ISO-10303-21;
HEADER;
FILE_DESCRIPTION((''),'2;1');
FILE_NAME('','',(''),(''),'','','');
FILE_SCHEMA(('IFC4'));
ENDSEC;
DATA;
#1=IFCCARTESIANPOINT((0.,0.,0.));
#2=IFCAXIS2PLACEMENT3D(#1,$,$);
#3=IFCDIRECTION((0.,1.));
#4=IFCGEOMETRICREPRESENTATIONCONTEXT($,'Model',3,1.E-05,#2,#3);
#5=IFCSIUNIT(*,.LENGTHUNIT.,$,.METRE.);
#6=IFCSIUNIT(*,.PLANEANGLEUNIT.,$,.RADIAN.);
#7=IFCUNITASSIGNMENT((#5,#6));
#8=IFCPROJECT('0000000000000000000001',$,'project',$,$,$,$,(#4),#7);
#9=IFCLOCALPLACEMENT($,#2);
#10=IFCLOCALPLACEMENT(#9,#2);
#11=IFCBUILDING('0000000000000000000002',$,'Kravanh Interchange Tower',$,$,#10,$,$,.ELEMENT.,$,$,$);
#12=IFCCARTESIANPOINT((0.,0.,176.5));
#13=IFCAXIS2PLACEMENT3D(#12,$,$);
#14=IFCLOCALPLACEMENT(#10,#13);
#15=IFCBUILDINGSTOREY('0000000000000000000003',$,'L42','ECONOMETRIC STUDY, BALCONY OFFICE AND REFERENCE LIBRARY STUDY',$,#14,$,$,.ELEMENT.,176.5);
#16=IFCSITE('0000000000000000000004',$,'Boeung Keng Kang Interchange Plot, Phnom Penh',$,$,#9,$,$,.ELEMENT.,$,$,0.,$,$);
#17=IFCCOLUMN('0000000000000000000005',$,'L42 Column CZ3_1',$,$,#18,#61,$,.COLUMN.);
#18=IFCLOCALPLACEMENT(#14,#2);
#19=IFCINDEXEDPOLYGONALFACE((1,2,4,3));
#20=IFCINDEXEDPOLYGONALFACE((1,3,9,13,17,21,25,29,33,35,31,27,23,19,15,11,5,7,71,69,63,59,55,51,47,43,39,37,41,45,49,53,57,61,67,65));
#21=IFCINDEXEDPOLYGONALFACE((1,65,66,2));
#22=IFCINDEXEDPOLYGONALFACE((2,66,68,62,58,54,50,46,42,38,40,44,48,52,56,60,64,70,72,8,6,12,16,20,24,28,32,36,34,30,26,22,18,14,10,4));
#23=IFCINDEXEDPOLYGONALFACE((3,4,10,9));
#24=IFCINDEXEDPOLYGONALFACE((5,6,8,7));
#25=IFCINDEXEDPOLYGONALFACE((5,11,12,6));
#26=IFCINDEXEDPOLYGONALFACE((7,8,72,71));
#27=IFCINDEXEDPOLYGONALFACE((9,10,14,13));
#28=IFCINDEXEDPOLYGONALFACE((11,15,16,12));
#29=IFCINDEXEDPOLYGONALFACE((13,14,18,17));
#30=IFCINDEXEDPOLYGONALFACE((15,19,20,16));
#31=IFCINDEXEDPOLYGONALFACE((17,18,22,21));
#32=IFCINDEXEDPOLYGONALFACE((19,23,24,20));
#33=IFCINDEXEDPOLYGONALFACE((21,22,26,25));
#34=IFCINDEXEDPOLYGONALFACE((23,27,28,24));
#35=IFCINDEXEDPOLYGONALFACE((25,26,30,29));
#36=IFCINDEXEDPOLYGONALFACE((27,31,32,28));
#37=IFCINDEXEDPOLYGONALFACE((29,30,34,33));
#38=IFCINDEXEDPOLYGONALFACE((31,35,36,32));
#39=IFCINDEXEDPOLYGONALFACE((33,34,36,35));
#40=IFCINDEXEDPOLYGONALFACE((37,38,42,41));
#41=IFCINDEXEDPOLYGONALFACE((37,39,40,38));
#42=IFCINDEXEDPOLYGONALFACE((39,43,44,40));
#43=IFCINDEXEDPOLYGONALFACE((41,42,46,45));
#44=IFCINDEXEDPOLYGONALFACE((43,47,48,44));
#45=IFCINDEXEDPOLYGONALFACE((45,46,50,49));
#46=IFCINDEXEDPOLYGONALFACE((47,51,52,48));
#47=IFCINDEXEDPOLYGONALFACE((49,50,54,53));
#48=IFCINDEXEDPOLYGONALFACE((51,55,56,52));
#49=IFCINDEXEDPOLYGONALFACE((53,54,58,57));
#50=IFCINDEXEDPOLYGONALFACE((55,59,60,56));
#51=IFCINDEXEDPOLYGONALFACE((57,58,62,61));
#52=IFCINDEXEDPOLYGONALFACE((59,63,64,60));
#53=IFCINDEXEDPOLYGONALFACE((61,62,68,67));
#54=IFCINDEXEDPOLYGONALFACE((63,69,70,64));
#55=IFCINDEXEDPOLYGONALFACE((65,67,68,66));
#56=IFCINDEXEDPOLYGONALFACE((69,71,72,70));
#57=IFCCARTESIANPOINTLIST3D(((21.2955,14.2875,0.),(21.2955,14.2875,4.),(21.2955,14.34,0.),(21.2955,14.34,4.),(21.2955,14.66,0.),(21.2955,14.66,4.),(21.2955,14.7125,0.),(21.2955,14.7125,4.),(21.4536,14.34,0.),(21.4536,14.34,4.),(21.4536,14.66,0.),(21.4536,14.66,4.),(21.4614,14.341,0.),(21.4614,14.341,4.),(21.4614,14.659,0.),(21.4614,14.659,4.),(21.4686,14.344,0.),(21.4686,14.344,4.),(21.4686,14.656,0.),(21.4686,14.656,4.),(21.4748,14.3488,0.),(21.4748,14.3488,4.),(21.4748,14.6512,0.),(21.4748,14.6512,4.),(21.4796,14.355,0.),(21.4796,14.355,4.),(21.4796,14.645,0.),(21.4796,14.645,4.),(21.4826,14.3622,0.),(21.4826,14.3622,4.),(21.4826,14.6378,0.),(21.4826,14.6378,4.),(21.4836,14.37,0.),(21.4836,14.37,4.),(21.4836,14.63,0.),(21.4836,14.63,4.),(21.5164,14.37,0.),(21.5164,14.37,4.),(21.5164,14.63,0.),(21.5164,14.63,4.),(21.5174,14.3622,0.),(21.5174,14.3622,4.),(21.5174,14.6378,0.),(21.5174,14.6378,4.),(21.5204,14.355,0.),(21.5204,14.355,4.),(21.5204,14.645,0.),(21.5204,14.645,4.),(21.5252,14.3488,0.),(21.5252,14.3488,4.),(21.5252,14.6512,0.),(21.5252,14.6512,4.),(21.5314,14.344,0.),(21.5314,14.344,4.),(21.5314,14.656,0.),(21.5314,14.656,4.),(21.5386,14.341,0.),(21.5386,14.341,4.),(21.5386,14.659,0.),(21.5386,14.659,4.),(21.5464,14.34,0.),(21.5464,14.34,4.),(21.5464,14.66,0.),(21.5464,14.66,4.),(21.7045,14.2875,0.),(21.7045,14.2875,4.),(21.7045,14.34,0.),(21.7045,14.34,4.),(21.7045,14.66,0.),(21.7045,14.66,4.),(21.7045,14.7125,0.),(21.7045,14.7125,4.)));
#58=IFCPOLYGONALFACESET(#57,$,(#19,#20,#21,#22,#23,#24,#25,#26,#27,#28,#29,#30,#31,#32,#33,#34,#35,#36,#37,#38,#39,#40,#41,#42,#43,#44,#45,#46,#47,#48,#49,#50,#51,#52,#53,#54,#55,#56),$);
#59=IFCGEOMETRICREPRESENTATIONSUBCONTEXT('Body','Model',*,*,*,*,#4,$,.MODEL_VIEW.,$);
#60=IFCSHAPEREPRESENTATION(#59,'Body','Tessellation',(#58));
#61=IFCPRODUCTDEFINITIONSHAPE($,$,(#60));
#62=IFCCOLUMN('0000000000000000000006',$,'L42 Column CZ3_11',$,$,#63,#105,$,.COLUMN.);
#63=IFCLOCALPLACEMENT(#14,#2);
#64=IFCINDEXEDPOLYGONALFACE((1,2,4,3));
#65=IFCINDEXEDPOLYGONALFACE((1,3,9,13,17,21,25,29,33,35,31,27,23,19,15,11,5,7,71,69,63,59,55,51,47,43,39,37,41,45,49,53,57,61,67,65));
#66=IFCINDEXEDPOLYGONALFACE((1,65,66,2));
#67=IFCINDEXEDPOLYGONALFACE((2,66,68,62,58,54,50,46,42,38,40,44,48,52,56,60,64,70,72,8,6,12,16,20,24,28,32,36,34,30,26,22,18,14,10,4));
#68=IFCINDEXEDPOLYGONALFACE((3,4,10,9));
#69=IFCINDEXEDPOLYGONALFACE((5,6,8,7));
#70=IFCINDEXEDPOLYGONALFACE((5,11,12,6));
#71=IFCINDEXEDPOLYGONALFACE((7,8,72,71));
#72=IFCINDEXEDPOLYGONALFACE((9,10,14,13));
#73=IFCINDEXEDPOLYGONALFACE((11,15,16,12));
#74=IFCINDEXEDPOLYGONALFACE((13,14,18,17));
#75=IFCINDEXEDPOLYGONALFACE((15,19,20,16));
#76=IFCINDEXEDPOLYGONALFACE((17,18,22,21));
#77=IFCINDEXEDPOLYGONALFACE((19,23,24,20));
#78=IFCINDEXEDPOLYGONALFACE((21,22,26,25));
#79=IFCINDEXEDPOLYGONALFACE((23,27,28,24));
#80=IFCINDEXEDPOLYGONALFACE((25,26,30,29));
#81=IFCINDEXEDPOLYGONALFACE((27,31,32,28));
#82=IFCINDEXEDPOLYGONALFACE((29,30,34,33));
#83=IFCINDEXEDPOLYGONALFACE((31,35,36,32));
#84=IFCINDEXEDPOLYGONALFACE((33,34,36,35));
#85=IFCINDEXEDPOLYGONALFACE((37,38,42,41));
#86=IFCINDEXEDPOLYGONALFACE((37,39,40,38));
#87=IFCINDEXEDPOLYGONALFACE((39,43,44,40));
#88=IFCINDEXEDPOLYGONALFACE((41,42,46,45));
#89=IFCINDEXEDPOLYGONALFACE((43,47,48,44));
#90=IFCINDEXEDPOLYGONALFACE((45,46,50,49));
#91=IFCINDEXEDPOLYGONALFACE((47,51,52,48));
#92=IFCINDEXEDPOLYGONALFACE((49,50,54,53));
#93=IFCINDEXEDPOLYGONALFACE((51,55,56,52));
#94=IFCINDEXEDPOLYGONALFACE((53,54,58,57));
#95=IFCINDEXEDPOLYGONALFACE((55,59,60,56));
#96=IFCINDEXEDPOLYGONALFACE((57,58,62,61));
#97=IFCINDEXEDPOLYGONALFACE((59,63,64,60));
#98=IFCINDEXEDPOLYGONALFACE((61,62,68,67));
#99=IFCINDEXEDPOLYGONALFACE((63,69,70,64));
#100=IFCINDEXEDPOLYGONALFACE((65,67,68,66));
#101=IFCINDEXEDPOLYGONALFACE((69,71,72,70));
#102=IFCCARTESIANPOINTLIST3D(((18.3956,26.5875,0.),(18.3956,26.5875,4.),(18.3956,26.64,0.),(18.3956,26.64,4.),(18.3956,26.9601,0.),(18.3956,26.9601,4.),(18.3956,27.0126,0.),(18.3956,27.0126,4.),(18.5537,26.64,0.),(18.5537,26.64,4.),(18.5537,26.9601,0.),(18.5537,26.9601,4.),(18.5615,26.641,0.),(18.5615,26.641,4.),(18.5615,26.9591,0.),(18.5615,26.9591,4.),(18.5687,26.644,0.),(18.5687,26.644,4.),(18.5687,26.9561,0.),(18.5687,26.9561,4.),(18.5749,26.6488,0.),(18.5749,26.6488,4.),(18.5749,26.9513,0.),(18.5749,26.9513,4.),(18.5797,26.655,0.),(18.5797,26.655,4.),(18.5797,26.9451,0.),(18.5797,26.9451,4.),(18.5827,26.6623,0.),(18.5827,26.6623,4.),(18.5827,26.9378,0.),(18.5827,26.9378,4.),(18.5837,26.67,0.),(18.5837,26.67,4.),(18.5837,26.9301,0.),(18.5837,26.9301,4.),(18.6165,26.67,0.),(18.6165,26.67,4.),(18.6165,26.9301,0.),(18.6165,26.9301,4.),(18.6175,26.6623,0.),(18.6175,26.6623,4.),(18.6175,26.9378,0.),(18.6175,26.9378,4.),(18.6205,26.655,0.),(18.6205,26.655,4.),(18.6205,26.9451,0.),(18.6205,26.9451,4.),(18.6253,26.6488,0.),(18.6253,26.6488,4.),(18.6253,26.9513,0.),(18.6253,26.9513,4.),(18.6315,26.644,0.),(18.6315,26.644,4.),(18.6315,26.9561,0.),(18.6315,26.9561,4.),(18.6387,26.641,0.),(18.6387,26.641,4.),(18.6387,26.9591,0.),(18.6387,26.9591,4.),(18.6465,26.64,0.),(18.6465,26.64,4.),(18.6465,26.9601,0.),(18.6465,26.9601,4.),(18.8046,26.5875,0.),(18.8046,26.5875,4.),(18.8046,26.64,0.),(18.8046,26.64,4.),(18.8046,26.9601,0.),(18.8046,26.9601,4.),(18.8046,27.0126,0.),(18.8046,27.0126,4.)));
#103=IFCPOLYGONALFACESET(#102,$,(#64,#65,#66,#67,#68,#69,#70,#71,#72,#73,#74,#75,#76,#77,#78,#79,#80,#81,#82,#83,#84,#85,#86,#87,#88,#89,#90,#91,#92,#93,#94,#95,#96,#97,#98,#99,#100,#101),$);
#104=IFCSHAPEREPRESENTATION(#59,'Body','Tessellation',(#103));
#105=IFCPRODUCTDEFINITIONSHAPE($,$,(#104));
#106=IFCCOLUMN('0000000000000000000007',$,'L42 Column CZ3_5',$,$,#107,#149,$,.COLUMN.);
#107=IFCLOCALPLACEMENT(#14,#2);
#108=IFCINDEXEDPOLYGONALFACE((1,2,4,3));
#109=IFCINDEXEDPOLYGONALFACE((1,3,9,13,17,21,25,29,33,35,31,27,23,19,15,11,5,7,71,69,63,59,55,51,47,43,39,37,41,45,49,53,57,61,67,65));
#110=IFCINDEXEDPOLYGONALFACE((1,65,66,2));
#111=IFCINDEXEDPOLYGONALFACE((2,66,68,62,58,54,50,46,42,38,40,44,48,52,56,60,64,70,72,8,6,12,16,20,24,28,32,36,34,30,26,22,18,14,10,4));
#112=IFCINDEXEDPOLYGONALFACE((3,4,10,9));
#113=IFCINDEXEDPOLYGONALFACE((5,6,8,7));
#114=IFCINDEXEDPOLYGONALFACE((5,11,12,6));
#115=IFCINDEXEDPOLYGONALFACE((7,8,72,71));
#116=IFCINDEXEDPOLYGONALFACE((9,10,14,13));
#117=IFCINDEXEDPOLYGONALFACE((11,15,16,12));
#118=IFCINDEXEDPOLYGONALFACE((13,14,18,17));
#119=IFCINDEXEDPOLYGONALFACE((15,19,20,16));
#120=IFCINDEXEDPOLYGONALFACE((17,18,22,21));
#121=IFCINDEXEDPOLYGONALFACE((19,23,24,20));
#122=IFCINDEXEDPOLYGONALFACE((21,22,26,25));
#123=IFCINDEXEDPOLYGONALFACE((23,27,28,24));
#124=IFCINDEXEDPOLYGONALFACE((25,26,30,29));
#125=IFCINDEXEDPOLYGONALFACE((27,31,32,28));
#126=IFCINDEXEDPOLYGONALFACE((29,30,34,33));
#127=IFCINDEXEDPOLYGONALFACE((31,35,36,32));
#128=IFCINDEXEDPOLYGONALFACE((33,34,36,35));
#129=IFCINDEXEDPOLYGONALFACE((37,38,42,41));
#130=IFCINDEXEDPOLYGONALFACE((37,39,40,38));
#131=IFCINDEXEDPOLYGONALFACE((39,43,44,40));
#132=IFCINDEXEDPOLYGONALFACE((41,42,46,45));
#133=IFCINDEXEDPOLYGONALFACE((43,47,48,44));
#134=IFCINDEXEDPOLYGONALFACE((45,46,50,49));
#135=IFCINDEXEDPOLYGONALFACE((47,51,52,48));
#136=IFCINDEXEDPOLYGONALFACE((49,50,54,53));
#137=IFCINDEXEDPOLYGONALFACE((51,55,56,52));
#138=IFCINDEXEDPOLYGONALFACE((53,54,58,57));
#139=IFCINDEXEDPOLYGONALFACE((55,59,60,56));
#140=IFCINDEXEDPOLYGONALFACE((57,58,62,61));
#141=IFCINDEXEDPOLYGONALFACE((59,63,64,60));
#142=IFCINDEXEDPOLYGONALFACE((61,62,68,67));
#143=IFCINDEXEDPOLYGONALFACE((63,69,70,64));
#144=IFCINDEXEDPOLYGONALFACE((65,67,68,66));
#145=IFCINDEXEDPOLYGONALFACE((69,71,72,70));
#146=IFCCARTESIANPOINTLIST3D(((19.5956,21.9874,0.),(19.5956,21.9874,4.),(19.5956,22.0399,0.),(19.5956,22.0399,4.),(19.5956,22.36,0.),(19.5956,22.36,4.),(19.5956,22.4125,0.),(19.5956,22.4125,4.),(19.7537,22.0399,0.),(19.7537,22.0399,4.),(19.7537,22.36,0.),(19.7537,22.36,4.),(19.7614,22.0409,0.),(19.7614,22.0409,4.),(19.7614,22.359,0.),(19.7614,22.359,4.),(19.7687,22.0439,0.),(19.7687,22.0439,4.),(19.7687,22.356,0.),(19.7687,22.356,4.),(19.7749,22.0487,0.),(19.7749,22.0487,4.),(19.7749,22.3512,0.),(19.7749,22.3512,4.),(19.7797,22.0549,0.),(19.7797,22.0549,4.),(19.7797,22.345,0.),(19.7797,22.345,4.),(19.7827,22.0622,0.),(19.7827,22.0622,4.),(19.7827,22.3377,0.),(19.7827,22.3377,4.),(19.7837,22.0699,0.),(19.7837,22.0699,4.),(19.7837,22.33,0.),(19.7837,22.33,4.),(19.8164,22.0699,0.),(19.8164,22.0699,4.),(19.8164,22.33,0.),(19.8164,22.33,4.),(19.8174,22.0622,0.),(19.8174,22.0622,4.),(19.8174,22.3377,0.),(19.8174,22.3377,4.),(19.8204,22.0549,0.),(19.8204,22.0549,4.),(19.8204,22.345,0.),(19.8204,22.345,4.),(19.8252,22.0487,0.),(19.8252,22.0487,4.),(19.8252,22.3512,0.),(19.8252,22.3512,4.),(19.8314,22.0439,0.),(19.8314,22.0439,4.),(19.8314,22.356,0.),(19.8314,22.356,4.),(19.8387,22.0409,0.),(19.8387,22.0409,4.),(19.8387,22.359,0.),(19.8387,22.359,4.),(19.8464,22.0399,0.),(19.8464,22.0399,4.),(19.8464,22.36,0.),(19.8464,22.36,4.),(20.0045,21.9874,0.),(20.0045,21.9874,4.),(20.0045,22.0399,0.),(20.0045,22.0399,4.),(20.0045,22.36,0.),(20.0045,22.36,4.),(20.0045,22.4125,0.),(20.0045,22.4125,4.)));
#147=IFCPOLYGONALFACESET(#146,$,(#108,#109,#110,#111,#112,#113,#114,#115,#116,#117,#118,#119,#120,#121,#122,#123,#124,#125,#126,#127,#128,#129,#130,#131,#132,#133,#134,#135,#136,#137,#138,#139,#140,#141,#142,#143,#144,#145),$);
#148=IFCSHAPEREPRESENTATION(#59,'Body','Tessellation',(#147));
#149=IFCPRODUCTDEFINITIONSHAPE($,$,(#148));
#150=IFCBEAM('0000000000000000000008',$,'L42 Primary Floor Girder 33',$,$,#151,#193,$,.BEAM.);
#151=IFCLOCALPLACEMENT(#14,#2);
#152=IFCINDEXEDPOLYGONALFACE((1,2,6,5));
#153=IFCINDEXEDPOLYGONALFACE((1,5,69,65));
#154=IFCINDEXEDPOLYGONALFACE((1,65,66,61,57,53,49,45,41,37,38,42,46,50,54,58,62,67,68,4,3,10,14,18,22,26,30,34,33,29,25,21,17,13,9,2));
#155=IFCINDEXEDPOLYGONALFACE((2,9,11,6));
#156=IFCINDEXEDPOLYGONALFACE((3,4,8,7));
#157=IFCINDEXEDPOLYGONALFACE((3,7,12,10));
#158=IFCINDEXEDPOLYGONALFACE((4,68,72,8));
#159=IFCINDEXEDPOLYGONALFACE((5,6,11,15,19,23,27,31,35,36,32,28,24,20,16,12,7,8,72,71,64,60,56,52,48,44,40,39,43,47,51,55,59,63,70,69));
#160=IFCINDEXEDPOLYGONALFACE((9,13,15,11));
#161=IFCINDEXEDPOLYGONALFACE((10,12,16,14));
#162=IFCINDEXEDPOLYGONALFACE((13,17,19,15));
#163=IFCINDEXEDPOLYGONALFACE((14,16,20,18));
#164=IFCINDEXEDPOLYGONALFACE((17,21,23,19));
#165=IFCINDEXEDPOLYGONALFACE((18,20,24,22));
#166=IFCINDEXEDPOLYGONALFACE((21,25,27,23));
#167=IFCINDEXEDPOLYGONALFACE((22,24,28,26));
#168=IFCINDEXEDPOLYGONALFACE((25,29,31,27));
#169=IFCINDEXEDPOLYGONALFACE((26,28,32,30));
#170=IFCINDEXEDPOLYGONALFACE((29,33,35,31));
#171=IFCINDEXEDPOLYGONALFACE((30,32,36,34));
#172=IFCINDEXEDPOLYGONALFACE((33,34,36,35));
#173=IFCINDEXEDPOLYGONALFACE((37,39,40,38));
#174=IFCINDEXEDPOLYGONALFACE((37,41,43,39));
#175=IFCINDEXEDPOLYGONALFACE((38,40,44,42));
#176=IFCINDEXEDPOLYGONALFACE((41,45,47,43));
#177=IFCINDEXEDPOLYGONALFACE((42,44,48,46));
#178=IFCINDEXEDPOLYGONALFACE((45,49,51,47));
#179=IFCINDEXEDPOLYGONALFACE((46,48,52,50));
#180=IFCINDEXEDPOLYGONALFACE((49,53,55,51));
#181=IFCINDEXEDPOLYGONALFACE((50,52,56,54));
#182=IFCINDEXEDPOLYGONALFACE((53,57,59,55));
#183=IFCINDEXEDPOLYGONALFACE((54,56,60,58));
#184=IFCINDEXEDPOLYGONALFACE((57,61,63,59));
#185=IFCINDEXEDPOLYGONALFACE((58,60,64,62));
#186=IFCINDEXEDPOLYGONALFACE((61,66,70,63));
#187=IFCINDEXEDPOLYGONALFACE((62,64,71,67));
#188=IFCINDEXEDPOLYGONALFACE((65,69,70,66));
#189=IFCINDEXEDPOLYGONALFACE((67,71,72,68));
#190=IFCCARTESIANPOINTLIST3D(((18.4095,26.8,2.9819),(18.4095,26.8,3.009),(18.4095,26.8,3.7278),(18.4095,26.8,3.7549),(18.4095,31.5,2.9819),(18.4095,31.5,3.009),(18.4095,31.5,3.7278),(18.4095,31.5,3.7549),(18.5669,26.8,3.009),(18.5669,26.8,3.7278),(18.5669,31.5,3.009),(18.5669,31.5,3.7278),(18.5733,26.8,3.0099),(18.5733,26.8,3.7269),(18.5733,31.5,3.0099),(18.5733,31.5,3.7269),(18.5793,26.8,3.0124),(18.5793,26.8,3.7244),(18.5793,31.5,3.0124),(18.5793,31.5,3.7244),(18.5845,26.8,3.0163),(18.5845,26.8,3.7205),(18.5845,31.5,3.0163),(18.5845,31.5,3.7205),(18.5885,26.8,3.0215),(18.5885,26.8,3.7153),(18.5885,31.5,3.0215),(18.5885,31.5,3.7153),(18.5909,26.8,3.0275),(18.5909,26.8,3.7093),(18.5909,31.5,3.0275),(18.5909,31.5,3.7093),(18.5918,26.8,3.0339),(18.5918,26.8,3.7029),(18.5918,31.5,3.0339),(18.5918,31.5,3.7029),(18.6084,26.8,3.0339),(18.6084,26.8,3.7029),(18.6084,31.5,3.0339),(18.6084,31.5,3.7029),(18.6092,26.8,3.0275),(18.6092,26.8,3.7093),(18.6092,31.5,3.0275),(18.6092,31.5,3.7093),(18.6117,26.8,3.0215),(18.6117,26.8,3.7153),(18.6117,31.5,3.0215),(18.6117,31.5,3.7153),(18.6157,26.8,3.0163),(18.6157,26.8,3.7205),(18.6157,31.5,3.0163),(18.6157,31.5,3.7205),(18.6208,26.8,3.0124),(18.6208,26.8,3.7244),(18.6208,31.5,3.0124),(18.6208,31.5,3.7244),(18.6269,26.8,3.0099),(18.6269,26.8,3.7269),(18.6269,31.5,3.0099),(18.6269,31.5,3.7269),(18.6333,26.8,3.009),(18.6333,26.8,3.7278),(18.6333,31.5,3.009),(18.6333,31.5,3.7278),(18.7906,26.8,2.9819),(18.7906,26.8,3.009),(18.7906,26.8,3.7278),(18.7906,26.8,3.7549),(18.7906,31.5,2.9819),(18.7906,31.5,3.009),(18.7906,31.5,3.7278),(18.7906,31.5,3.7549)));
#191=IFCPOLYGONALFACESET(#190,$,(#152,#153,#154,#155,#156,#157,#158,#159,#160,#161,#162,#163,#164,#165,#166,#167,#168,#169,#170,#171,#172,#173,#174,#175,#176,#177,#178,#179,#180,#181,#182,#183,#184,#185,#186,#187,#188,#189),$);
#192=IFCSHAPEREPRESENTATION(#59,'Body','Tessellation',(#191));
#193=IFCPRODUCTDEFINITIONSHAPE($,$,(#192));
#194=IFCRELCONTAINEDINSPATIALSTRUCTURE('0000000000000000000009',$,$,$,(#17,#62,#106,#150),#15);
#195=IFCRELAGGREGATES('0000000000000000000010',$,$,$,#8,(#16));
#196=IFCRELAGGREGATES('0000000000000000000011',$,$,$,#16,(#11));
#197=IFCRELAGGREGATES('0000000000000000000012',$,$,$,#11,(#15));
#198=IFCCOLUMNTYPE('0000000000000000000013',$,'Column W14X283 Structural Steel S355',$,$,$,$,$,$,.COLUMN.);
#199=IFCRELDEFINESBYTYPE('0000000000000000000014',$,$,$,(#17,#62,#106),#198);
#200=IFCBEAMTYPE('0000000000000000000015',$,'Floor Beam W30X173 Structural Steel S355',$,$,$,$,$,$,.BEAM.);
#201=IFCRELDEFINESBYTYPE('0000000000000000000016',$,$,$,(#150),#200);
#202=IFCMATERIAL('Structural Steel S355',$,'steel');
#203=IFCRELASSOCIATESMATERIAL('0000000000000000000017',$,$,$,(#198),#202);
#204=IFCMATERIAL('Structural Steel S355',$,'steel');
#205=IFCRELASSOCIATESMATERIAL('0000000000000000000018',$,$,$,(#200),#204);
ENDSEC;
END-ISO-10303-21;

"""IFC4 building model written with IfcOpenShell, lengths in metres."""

from ifc_helpers import new_model, si_unit, direction, frame, origin, origin_2d, place, context, subcontext, project, spatial, i_section, extrude, material, material_profile, profile_set, type_object, element, save


model = new_model("IFC4")

# Units and contexts
model_context = context("Model", 3, precision=1e-05, world=origin(), true_north=direction((0.0, 1.0)))
body_context = subcontext(model_context, "Body", "Model", "MODEL_VIEW")
ifc_project = project(units=[si_unit("LENGTHUNIT", "METRE"), si_unit("PLANEANGLEUNIT", "RADIAN")], contexts=[model_context])

# Site, building, storey
site_placement = place(None, origin())
site = spatial("IfcSite", under=ifc_project, at=site_placement, Name="Boeung Keng Kang Interchange Plot, Phnom Penh", CompositionType="ELEMENT", RefElevation=0.0)
building_placement = place(site_placement, origin())
building = spatial("IfcBuilding", under=site, at=building_placement, Name="Kravanh Interchange Tower", CompositionType="ELEMENT")
storey_placement = place(building_placement, frame((0.0, 0.0, 176.5)))
storey = spatial("IfcBuildingStorey", under=building, at=storey_placement, Name="L42", Description="ECONOMETRIC STUDY, BALCONY OFFICE AND REFERENCE LIBRARY STUDY", CompositionType="ELEMENT", Elevation=176.5)

# Columns
ifc_material_1 = material(Name="Structural Steel S355", Category="steel")
ifc_material_profile_1 = material_profile(ifc_material_1, i_section(OverallWidth=0.4089, OverallDepth=0.425, WebThickness=0.0327, FlangeThickness=0.0525, FilletRadius=0.03, at=origin_2d()), Name="W14X283")
ifc_profile_set_1 = profile_set([ifc_material_profile_1], Name="Structural Steel S355")
column_type = type_object("IfcColumnType", Name="Column W14X283 Structural Steel S355", PredefinedType="COLUMN", material=ifc_profile_set_1)
for number, where, z_axis, x_axis, name in (
    (1, (21.5, 14.5, 0.0), (0.0, 0.0, 1.0), (1.0, 0.0, 0.0), "L42 Column CZ3_1"),
    (2, (18.6001, 26.8, 0.0), (0.0, 0.0, 1.0), (1.0, 0.0, 0.0), "L42 Column CZ3_11"),
    (3, (19.8, 22.2, 0.0), (0.0, 0.0, 1.0), (1.0, 0.0, 0.0), "L42 Column CZ3_5"),
):
    element("IfcColumn", number, at=place(storey_placement, frame(where, z_axis=z_axis, x_axis=x_axis)), inside=storey, type_object=column_type, Name=name, PredefinedType="COLUMN", context=body_context, shape_type="SweptSolid", body=[
        extrude(i_section(OverallWidth=0.4089, OverallDepth=0.425, WebThickness=0.0327, FlangeThickness=0.0525, FilletRadius=0.03, at=origin_2d()), origin(), (0.0, 0.0, 1.0), 4.0),
    ])

# Beam
ifc_material_2 = material(Name="Structural Steel S355", Category="steel")
ifc_material_profile_2 = material_profile(ifc_material_2, i_section(OverallWidth=0.3811, OverallDepth=0.7729, WebThickness=0.0166, FlangeThickness=0.0271, FilletRadius=0.0249, at=origin_2d()), Name="W30X173")
ifc_profile_set_2 = profile_set([ifc_material_profile_2], Name="Structural Steel S355")
beam_type_1 = type_object("IfcBeamType", Name="Floor Beam W30X173 Structural Steel S355", PredefinedType="BEAM", material=ifc_profile_set_2)
beam_1_placement = place(storey_placement, frame((18.6001, 26.8, 3.3684), z_axis=(0.0, 1.0, 0.0), x_axis=(-1.0, 0.0, 0.0)))
element("IfcBeam", 4, at=beam_1_placement, inside=storey, type_object=beam_type_1, Name="L42 Primary Floor Girder 33", PredefinedType="BEAM", context=body_context, shape_type="SweptSolid", body=[
    extrude(i_section(OverallWidth=0.3811, OverallDepth=0.7729, WebThickness=0.0166, FlangeThickness=0.0271, FilletRadius=0.0249, at=origin_2d()), origin(), (0.0, 0.0, 1.0), 4.7),
])

save(model, "model.ifc")
